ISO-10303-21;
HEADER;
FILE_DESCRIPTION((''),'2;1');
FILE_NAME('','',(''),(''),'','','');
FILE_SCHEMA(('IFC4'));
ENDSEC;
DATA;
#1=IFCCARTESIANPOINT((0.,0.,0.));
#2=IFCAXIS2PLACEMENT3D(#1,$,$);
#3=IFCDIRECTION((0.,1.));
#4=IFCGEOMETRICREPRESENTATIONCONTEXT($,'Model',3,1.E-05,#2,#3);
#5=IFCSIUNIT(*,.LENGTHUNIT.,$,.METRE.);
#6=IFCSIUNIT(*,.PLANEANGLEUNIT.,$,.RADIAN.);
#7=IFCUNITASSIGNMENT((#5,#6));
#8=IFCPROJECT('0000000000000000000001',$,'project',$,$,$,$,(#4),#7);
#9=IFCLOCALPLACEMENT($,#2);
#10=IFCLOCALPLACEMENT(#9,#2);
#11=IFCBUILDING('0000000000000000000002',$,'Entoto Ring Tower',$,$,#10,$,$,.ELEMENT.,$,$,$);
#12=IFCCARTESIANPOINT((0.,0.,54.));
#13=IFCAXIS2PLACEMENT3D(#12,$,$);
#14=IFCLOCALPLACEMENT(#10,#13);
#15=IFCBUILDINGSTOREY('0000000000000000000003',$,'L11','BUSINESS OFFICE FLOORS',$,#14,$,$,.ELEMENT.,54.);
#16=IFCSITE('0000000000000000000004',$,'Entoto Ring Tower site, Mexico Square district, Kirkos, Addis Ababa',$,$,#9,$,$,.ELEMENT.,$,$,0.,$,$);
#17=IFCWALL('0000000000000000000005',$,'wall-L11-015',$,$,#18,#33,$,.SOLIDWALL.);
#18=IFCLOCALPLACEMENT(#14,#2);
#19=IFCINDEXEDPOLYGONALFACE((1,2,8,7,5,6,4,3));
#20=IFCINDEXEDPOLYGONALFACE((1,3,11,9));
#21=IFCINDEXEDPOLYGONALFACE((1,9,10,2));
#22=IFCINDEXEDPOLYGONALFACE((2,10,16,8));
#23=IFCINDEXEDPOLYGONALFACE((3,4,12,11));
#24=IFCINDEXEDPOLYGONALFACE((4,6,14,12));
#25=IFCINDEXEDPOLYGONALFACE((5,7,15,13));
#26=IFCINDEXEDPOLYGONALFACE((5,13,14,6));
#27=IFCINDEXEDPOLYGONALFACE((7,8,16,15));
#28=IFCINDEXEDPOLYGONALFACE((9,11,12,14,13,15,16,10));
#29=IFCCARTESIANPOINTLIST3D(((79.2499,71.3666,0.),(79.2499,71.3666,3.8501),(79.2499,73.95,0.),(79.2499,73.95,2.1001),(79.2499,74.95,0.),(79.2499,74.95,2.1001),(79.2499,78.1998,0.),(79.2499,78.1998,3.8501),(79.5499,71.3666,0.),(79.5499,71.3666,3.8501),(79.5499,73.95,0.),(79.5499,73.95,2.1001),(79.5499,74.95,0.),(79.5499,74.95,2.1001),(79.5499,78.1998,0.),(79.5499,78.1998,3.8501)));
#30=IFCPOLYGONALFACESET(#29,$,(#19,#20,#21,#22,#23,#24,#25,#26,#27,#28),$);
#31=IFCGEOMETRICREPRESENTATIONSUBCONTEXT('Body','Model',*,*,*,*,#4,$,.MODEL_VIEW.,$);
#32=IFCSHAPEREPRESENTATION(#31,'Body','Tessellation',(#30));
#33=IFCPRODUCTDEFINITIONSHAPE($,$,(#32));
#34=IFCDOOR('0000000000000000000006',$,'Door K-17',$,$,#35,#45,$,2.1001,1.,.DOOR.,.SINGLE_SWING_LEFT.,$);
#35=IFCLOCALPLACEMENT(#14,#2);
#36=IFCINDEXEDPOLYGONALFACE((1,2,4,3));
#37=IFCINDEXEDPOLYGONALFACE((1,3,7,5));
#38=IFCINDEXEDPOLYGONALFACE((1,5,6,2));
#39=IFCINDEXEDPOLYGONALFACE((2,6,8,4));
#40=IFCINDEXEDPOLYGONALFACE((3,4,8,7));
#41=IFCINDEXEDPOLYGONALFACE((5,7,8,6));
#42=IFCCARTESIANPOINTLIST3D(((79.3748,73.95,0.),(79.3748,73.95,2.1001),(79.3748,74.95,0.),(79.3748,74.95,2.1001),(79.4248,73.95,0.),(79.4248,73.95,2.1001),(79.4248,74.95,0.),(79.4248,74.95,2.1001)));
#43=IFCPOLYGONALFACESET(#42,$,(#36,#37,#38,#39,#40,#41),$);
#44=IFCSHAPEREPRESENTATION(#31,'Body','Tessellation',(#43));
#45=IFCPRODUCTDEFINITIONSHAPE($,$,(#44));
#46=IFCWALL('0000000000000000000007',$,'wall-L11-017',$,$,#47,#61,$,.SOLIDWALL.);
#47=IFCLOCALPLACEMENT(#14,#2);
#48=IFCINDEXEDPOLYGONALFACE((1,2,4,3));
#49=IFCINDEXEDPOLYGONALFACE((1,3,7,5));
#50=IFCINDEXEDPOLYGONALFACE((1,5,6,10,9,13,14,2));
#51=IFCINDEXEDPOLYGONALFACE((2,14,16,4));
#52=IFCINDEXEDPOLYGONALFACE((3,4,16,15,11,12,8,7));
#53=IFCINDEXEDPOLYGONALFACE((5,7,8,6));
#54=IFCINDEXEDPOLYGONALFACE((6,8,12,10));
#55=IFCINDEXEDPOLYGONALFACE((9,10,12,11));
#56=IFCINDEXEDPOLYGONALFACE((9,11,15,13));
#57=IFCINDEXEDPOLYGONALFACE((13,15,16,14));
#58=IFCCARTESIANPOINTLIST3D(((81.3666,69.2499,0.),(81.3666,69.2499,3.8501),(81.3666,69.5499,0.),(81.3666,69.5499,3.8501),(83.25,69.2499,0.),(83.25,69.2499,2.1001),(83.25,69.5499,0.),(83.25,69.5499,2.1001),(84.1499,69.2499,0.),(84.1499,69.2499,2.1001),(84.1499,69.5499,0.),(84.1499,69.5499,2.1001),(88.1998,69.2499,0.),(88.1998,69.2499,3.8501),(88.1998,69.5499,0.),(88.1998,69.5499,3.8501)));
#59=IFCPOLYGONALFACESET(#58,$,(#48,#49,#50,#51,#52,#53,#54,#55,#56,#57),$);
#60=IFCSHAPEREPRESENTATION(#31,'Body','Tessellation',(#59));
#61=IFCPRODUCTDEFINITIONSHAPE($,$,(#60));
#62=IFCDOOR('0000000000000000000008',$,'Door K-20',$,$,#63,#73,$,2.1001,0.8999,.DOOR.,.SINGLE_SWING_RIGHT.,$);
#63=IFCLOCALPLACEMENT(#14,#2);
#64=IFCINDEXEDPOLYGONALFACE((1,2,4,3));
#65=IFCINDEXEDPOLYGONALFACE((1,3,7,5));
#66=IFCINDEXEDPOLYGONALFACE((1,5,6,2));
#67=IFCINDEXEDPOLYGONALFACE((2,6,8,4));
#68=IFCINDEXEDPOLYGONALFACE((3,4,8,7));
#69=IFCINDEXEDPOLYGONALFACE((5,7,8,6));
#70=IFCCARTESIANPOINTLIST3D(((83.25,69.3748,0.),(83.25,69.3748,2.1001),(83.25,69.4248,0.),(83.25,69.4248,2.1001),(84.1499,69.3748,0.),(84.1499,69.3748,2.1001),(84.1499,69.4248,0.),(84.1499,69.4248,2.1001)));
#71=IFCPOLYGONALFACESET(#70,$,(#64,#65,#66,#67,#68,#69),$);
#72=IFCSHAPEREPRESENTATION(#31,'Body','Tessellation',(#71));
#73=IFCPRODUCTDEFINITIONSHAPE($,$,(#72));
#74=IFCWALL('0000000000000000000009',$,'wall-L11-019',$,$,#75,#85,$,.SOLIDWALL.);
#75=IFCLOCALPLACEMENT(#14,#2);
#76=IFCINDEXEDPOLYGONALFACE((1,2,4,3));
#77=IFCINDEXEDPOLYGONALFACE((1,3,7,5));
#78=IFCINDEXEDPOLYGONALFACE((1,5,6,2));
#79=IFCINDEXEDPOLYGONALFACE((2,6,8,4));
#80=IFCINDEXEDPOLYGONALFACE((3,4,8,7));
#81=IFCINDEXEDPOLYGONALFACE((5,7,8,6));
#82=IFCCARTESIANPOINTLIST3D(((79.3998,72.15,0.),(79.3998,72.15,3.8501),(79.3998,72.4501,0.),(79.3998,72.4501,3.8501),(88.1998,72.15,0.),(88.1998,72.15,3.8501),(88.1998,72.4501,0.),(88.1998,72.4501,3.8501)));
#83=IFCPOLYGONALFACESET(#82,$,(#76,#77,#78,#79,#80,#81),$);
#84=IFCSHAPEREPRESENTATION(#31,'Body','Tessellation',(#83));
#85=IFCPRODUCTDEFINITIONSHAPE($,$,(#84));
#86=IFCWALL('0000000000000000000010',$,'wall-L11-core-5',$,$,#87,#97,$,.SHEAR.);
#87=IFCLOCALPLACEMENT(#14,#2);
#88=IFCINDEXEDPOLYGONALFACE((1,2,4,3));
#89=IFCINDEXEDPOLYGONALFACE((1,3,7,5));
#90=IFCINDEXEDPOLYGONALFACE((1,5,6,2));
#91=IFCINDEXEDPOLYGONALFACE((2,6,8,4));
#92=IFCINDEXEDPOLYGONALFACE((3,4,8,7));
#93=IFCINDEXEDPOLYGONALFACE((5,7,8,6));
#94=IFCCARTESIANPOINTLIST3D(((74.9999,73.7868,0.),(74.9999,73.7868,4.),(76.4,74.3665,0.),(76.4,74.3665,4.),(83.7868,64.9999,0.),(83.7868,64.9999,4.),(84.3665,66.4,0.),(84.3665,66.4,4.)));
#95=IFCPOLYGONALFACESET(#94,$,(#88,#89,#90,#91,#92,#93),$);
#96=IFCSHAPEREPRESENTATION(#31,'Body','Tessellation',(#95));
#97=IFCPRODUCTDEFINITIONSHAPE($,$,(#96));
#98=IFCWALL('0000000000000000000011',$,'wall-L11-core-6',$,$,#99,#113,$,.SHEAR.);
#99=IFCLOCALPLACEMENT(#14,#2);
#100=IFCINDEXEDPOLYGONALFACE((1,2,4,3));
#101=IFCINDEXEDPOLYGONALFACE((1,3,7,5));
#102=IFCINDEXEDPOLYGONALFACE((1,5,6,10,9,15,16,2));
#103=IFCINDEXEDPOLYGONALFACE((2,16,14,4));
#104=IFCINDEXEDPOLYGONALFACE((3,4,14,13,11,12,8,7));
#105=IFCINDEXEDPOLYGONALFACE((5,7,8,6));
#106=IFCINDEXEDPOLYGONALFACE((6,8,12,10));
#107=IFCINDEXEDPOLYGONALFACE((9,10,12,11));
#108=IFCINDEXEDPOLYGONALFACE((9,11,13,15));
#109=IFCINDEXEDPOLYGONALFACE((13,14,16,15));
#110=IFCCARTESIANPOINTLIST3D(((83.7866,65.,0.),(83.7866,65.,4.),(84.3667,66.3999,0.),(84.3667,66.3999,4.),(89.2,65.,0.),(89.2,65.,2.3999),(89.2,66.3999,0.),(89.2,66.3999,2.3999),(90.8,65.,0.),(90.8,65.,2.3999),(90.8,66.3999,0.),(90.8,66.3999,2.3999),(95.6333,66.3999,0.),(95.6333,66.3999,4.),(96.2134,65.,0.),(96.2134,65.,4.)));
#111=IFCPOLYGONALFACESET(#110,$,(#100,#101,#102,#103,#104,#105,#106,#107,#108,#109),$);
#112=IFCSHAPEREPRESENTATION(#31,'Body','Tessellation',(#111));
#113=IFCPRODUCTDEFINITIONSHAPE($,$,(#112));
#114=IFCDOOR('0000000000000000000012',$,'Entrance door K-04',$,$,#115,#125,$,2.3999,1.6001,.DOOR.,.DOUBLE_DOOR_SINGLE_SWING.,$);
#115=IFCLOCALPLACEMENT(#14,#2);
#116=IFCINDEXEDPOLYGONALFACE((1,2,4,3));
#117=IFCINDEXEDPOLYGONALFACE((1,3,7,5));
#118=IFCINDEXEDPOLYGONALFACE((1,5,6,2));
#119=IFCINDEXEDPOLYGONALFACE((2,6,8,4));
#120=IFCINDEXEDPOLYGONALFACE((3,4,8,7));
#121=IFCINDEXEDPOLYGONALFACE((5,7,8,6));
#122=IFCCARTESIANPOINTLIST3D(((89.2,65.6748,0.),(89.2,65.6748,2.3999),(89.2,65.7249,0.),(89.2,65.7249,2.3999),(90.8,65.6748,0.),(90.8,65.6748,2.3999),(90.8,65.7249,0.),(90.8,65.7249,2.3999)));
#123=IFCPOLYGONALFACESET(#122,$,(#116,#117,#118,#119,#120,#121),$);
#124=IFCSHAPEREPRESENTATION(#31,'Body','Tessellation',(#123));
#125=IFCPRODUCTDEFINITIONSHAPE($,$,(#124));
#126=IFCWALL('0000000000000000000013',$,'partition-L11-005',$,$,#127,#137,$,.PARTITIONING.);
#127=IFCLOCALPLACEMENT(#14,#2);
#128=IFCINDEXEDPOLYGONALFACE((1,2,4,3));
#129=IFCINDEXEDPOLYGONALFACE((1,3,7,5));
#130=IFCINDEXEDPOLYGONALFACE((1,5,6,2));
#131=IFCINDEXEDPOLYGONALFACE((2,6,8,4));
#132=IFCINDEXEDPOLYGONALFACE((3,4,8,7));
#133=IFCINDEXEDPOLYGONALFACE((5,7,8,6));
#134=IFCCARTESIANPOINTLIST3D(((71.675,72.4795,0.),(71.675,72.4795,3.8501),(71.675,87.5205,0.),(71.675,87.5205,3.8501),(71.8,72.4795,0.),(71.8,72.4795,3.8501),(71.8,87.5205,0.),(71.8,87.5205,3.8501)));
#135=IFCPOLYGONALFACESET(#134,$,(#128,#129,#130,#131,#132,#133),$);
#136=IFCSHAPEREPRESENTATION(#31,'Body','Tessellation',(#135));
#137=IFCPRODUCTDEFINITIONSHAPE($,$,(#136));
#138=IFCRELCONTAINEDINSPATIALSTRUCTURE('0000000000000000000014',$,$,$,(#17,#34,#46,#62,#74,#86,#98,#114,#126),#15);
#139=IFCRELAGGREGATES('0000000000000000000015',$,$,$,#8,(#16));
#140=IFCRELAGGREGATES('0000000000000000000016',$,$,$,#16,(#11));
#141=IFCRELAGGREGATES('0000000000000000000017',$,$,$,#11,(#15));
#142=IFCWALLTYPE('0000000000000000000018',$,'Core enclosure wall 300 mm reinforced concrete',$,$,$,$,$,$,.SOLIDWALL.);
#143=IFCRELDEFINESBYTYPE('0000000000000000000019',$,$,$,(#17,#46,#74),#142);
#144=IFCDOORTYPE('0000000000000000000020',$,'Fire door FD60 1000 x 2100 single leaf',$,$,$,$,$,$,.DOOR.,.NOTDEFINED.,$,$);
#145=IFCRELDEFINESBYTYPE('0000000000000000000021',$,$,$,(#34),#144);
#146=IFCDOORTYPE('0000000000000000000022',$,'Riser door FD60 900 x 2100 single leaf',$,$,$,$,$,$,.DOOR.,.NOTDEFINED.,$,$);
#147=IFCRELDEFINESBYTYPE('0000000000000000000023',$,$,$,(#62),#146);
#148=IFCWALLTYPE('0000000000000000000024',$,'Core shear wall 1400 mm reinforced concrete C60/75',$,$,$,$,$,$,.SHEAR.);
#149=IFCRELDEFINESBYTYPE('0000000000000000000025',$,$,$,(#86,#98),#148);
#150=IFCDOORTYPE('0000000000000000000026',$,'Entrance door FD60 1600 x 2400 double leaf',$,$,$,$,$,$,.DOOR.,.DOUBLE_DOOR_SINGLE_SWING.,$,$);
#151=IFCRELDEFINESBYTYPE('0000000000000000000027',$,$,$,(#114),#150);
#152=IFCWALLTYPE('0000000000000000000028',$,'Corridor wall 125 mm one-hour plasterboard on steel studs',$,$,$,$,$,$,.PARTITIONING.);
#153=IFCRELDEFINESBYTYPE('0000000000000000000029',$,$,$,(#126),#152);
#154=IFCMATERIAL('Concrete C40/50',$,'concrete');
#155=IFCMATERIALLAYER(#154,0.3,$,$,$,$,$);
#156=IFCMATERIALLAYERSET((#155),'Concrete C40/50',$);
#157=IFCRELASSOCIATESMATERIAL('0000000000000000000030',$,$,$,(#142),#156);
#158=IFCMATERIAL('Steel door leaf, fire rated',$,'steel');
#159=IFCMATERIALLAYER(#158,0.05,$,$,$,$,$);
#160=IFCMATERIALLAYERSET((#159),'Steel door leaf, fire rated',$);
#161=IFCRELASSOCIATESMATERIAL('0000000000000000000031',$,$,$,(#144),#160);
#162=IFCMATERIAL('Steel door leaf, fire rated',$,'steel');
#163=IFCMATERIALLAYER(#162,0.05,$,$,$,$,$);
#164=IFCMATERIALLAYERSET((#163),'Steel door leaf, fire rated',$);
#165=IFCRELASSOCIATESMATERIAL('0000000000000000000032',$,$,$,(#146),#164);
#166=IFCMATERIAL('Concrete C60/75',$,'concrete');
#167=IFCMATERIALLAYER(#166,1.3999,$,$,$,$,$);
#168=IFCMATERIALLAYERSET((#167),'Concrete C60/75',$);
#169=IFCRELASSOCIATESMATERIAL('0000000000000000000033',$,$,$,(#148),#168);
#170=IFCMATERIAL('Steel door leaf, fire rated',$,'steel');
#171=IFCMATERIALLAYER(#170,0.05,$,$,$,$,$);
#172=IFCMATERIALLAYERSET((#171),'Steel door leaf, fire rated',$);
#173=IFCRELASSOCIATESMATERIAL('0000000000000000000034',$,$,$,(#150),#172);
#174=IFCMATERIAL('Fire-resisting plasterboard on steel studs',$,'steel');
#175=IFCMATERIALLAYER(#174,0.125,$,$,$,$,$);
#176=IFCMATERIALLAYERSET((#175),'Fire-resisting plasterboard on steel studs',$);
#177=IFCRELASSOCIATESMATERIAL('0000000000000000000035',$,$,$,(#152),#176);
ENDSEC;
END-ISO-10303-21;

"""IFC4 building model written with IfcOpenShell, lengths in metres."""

from ifc_helpers import new_model, si_unit, direction, frame, frame_2d, origin, place, context, subcontext, project, spatial, polyline, rectangle, outline, extrude, material, layer, layer_set, type_object, element, fill, save


model = new_model("IFC4")

# Units and contexts
model_context = context("Model", 3, precision=1e-05, world=origin(), true_north=direction((0.0, 1.0)))
body_context = subcontext(model_context, "Body", "Model", "MODEL_VIEW")
ifc_project = project(units=[si_unit("LENGTHUNIT", "METRE"), si_unit("PLANEANGLEUNIT", "RADIAN")], contexts=[model_context])

# Site, building, storey
site_placement = place(None, origin())
site = spatial("IfcSite", under=ifc_project, at=site_placement, Name="Entoto Ring Tower site, Mexico Square district, Kirkos, Addis Ababa", CompositionType="ELEMENT", RefElevation=0.0)
building_placement = place(site_placement, origin())
building = spatial("IfcBuilding", under=site, at=building_placement, Name="Entoto Ring Tower", CompositionType="ELEMENT")
storey_placement = place(building_placement, frame((0.0, 0.0, 54.0)))
storey = spatial("IfcBuildingStorey", under=building, at=storey_placement, Name="L11", Description="BUSINESS OFFICE FLOORS", CompositionType="ELEMENT", Elevation=54.0)

# Walls, openings, doors
ifc_material_1 = material(Name="Concrete C40/50", Category="concrete")
ifc_layer_1 = layer(ifc_material_1, 0.3)
ifc_layer_set_1 = layer_set([ifc_layer_1], Name="Concrete C40/50")
wall_type_1 = type_object("IfcWallType", Name="Core enclosure wall 300 mm reinforced concrete", PredefinedType="SOLIDWALL", material=ifc_layer_set_1)
wall_1_placement = place(storey_placement, frame((79.3999, 71.3667, 0.0), z_axis=(0.0, 0.0, 1.0), x_axis=(0.0, 1.0, 0.0)))
wall_1 = element("IfcWall", 1, at=wall_1_placement, inside=storey, type_object=wall_type_1, Name="wall-L11-015", PredefinedType="SOLIDWALL", context=body_context, shape_type="SweptSolid", body=[
    extrude(rectangle(XDim=6.8333, YDim=0.3, at=frame_2d((3.4165, 0.0))), origin(), (0.0, 0.0, 1.0), 3.8501),
])
opening_1_placement = place(wall_1_placement, frame((2.5833, 0.0, 0.0)))
opening_1 = element("IfcOpeningElement", 2, at=opening_1_placement, cuts=wall_1, PredefinedType="OPENING", context=body_context, shape_type="SweptSolid", body=[
    extrude(rectangle(XDim=1.0, YDim=2.1001, at=frame_2d((0.5, 1.05))), frame((0.0, 0.1602, 0.0), z_axis=(0.0, -1.0, 0.0), x_axis=(1.0, 0.0, 0.0)), (0.0, 0.0, 1.0), 0.3201),
])
ifc_material_2 = material(Name="Steel door leaf, fire rated", Category="steel")
ifc_layer_2 = layer(ifc_material_2, 0.05)
ifc_layer_set_2 = layer_set([ifc_layer_2], Name="Steel door leaf, fire rated")
door_type_1 = type_object("IfcDoorType", Name="Fire door FD60 1000 x 2100 single leaf", OperationType="NOTDEFINED", PredefinedType="DOOR", material=ifc_layer_set_2)
door_1_placement = place(opening_1_placement, frame((1.0, 0.0, 0.0), z_axis=(0.0, 0.0, 1.0), x_axis=(-1.0, 0.0, 0.0)))
door_1 = element("IfcDoor", 3, at=door_1_placement, inside=storey, type_object=door_type_1, Name="Door K-17", OperationType="SINGLE_SWING_LEFT", OverallHeight=2.1001, OverallWidth=1.0, PredefinedType="DOOR", context=body_context, shape_type="SweptSolid", body=[
    extrude(rectangle(XDim=1.0, YDim=2.1001, at=frame_2d((0.5, 1.05))), frame((0.0, 0.0249, 0.0), z_axis=(0.0, -1.0, 0.0), x_axis=(1.0, 0.0, 0.0)), (0.0, 0.0, 1.0), 0.05),
])
fill(opening_1, door_1)
wall_2_placement = place(storey_placement, frame((81.3667, 69.3999, 0.0), z_axis=(0.0, 0.0, 1.0), x_axis=(1.0, 0.0, 0.0)))
wall_2 = element("IfcWall", 4, at=wall_2_placement, inside=storey, type_object=wall_type_1, Name="wall-L11-017", PredefinedType="SOLIDWALL", context=body_context, shape_type="SweptSolid", body=[
    extrude(rectangle(XDim=6.8333, YDim=0.3, at=frame_2d((3.4165, 0.0))), origin(), (0.0, 0.0, 1.0), 3.8501),
])
opening_2_placement = place(wall_2_placement, frame((1.8833, 0.0, 0.0)))
opening_2 = element("IfcOpeningElement", 5, at=opening_2_placement, cuts=wall_2, PredefinedType="OPENING", context=body_context, shape_type="SweptSolid", body=[
    extrude(rectangle(XDim=0.8999, YDim=2.1001, at=frame_2d((0.45, 1.05))), frame((0.0, 0.1602, 0.0), z_axis=(0.0, -1.0, 0.0), x_axis=(1.0, 0.0, 0.0)), (0.0, 0.0, 1.0), 0.3201),
])
ifc_material_3 = material(Name="Steel door leaf, fire rated", Category="steel")
ifc_layer_3 = layer(ifc_material_3, 0.05)
ifc_layer_set_3 = layer_set([ifc_layer_3], Name="Steel door leaf, fire rated")
door_type_2 = type_object("IfcDoorType", Name="Riser door FD60 900 x 2100 single leaf", OperationType="NOTDEFINED", PredefinedType="DOOR", material=ifc_layer_set_3)
door_2_placement = place(opening_2_placement, origin())
door_2 = element("IfcDoor", 6, at=door_2_placement, inside=storey, type_object=door_type_2, Name="Door K-20", OperationType="SINGLE_SWING_RIGHT", OverallHeight=2.1001, OverallWidth=0.8999, PredefinedType="DOOR", context=body_context, shape_type="SweptSolid", body=[
    extrude(rectangle(XDim=0.8999, YDim=2.1001, at=frame_2d((0.45, 1.05))), frame((0.0, 0.0249, 0.0), z_axis=(0.0, -1.0, 0.0), x_axis=(1.0, 0.0, 0.0)), (0.0, 0.0, 1.0), 0.05),
])
fill(opening_2, door_2)

# Walls
wall_3_placement = place(storey_placement, frame((79.3999, 72.3, 0.0), z_axis=(0.0, 0.0, 1.0), x_axis=(1.0, 0.0, 0.0)))
element("IfcWall", 7, at=wall_3_placement, inside=storey, type_object=wall_type_1, Name="wall-L11-019", PredefinedType="SOLIDWALL", context=body_context, shape_type="SweptSolid", body=[
    extrude(rectangle(XDim=8.8, YDim=0.3, at=frame_2d((4.3999, 0.0))), origin(), (0.0, 0.0, 1.0), 3.8501),
])
ifc_material_4 = material(Name="Concrete C60/75", Category="concrete")
ifc_layer_4 = layer(ifc_material_4, 1.3999)
ifc_layer_set_4 = layer_set([ifc_layer_4], Name="Concrete C60/75")
wall_type_2 = type_object("IfcWallType", Name="Core shear wall 1400 mm reinforced concrete C60/75", PredefinedType="SHEAR", material=ifc_layer_set_4)
wall_4_placement = place(storey_placement, frame((75.7, 74.0767, 0.0), z_axis=(0.0, 0.0, 1.0), x_axis=(0.707107, -0.707107, 0.0)))
element("IfcWall", 8, at=wall_4_placement, inside=storey, type_object=wall_type_2, Name="wall-L11-core-5", PredefinedType="SHEAR", context=body_context, shape_type="SweptSolid", body=[
    extrude(outline(polyline([(-0.29, -0.7), (12.1365, -0.7), (11.5564, 0.7), (0.29, 0.7), (-0.29, -0.7)])), origin(), (0.0, 0.0, 1.0), 4.0),
])

# Wall, opening, door
wall_5_placement = place(storey_placement, frame((84.0767, 65.7, 0.0), z_axis=(0.0, 0.0, 1.0), x_axis=(1.0, 0.0, 0.0)))
wall_5 = element("IfcWall", 9, at=wall_5_placement, inside=storey, type_object=wall_type_2, Name="wall-L11-core-6", PredefinedType="SHEAR", context=body_context, shape_type="SweptSolid", body=[
    extrude(outline(polyline([(-0.29, -0.7), (12.1367, -0.7), (11.5566, 0.7), (0.29, 0.7), (-0.29, -0.7)])), origin(), (0.0, 0.0, 1.0), 4.0),
])
opening_3_placement = place(wall_5_placement, frame((5.1233, 0.0, 0.0)))
opening_3 = element("IfcOpeningElement", 10, at=opening_3_placement, cuts=wall_5, PredefinedType="OPENING", context=body_context, shape_type="SweptSolid", body=[
    extrude(rectangle(XDim=1.6001, YDim=2.3999, at=frame_2d((0.8, 1.2))), frame((0.0, 0.71, 0.0), z_axis=(0.0, -1.0, 0.0), x_axis=(1.0, 0.0, 0.0)), (0.0, 0.0, 1.0), 1.4199),
])
ifc_material_5 = material(Name="Steel door leaf, fire rated", Category="steel")
ifc_layer_5 = layer(ifc_material_5, 0.05)
ifc_layer_set_5 = layer_set([ifc_layer_5], Name="Steel door leaf, fire rated")
door_type_3 = type_object("IfcDoorType", Name="Entrance door FD60 1600 x 2400 double leaf", OperationType="DOUBLE_DOOR_SINGLE_SWING", PredefinedType="DOOR", material=ifc_layer_set_5)
door_3_placement = place(opening_3_placement, origin())
door_3 = element("IfcDoor", 11, at=door_3_placement, inside=storey, type_object=door_type_3, Name="Entrance door K-04", OperationType="DOUBLE_DOOR_SINGLE_SWING", OverallHeight=2.3999, OverallWidth=1.6001, PredefinedType="DOOR", context=body_context, shape_type="SweptSolid", body=[
    extrude(rectangle(XDim=1.6001, YDim=2.3999, at=frame_2d((0.8, 1.2))), frame((0.0, 0.0249, 0.0), z_axis=(0.0, -1.0, 0.0), x_axis=(1.0, 0.0, 0.0)), (0.0, 0.0, 1.0), 0.05),
])
fill(opening_3, door_3)

# Wall
ifc_material_6 = material(Name="Fire-resisting plasterboard on steel studs", Category="steel")
ifc_layer_6 = layer(ifc_material_6, 0.125)
ifc_layer_set_6 = layer_set([ifc_layer_6], Name="Fire-resisting plasterboard on steel studs")
wall_type_3 = type_object("IfcWallType", Name="Corridor wall 125 mm one-hour plasterboard on steel studs", PredefinedType="PARTITIONING", material=ifc_layer_set_6)
wall_6_placement = place(storey_placement, frame((71.7375, 72.4795, 0.0), z_axis=(0.0, 0.0, 1.0), x_axis=(0.0, 1.0, 0.0)))
element("IfcWall", 12, at=wall_6_placement, inside=storey, type_object=wall_type_3, Name="partition-L11-005", PredefinedType="PARTITIONING", context=body_context, shape_type="SweptSolid", body=[
    extrude(rectangle(XDim=15.041, YDim=0.125, at=frame_2d((7.5205, 0.0))), origin(), (0.0, 0.0, 1.0), 3.8501),
])

save(model, "model.ifc")
